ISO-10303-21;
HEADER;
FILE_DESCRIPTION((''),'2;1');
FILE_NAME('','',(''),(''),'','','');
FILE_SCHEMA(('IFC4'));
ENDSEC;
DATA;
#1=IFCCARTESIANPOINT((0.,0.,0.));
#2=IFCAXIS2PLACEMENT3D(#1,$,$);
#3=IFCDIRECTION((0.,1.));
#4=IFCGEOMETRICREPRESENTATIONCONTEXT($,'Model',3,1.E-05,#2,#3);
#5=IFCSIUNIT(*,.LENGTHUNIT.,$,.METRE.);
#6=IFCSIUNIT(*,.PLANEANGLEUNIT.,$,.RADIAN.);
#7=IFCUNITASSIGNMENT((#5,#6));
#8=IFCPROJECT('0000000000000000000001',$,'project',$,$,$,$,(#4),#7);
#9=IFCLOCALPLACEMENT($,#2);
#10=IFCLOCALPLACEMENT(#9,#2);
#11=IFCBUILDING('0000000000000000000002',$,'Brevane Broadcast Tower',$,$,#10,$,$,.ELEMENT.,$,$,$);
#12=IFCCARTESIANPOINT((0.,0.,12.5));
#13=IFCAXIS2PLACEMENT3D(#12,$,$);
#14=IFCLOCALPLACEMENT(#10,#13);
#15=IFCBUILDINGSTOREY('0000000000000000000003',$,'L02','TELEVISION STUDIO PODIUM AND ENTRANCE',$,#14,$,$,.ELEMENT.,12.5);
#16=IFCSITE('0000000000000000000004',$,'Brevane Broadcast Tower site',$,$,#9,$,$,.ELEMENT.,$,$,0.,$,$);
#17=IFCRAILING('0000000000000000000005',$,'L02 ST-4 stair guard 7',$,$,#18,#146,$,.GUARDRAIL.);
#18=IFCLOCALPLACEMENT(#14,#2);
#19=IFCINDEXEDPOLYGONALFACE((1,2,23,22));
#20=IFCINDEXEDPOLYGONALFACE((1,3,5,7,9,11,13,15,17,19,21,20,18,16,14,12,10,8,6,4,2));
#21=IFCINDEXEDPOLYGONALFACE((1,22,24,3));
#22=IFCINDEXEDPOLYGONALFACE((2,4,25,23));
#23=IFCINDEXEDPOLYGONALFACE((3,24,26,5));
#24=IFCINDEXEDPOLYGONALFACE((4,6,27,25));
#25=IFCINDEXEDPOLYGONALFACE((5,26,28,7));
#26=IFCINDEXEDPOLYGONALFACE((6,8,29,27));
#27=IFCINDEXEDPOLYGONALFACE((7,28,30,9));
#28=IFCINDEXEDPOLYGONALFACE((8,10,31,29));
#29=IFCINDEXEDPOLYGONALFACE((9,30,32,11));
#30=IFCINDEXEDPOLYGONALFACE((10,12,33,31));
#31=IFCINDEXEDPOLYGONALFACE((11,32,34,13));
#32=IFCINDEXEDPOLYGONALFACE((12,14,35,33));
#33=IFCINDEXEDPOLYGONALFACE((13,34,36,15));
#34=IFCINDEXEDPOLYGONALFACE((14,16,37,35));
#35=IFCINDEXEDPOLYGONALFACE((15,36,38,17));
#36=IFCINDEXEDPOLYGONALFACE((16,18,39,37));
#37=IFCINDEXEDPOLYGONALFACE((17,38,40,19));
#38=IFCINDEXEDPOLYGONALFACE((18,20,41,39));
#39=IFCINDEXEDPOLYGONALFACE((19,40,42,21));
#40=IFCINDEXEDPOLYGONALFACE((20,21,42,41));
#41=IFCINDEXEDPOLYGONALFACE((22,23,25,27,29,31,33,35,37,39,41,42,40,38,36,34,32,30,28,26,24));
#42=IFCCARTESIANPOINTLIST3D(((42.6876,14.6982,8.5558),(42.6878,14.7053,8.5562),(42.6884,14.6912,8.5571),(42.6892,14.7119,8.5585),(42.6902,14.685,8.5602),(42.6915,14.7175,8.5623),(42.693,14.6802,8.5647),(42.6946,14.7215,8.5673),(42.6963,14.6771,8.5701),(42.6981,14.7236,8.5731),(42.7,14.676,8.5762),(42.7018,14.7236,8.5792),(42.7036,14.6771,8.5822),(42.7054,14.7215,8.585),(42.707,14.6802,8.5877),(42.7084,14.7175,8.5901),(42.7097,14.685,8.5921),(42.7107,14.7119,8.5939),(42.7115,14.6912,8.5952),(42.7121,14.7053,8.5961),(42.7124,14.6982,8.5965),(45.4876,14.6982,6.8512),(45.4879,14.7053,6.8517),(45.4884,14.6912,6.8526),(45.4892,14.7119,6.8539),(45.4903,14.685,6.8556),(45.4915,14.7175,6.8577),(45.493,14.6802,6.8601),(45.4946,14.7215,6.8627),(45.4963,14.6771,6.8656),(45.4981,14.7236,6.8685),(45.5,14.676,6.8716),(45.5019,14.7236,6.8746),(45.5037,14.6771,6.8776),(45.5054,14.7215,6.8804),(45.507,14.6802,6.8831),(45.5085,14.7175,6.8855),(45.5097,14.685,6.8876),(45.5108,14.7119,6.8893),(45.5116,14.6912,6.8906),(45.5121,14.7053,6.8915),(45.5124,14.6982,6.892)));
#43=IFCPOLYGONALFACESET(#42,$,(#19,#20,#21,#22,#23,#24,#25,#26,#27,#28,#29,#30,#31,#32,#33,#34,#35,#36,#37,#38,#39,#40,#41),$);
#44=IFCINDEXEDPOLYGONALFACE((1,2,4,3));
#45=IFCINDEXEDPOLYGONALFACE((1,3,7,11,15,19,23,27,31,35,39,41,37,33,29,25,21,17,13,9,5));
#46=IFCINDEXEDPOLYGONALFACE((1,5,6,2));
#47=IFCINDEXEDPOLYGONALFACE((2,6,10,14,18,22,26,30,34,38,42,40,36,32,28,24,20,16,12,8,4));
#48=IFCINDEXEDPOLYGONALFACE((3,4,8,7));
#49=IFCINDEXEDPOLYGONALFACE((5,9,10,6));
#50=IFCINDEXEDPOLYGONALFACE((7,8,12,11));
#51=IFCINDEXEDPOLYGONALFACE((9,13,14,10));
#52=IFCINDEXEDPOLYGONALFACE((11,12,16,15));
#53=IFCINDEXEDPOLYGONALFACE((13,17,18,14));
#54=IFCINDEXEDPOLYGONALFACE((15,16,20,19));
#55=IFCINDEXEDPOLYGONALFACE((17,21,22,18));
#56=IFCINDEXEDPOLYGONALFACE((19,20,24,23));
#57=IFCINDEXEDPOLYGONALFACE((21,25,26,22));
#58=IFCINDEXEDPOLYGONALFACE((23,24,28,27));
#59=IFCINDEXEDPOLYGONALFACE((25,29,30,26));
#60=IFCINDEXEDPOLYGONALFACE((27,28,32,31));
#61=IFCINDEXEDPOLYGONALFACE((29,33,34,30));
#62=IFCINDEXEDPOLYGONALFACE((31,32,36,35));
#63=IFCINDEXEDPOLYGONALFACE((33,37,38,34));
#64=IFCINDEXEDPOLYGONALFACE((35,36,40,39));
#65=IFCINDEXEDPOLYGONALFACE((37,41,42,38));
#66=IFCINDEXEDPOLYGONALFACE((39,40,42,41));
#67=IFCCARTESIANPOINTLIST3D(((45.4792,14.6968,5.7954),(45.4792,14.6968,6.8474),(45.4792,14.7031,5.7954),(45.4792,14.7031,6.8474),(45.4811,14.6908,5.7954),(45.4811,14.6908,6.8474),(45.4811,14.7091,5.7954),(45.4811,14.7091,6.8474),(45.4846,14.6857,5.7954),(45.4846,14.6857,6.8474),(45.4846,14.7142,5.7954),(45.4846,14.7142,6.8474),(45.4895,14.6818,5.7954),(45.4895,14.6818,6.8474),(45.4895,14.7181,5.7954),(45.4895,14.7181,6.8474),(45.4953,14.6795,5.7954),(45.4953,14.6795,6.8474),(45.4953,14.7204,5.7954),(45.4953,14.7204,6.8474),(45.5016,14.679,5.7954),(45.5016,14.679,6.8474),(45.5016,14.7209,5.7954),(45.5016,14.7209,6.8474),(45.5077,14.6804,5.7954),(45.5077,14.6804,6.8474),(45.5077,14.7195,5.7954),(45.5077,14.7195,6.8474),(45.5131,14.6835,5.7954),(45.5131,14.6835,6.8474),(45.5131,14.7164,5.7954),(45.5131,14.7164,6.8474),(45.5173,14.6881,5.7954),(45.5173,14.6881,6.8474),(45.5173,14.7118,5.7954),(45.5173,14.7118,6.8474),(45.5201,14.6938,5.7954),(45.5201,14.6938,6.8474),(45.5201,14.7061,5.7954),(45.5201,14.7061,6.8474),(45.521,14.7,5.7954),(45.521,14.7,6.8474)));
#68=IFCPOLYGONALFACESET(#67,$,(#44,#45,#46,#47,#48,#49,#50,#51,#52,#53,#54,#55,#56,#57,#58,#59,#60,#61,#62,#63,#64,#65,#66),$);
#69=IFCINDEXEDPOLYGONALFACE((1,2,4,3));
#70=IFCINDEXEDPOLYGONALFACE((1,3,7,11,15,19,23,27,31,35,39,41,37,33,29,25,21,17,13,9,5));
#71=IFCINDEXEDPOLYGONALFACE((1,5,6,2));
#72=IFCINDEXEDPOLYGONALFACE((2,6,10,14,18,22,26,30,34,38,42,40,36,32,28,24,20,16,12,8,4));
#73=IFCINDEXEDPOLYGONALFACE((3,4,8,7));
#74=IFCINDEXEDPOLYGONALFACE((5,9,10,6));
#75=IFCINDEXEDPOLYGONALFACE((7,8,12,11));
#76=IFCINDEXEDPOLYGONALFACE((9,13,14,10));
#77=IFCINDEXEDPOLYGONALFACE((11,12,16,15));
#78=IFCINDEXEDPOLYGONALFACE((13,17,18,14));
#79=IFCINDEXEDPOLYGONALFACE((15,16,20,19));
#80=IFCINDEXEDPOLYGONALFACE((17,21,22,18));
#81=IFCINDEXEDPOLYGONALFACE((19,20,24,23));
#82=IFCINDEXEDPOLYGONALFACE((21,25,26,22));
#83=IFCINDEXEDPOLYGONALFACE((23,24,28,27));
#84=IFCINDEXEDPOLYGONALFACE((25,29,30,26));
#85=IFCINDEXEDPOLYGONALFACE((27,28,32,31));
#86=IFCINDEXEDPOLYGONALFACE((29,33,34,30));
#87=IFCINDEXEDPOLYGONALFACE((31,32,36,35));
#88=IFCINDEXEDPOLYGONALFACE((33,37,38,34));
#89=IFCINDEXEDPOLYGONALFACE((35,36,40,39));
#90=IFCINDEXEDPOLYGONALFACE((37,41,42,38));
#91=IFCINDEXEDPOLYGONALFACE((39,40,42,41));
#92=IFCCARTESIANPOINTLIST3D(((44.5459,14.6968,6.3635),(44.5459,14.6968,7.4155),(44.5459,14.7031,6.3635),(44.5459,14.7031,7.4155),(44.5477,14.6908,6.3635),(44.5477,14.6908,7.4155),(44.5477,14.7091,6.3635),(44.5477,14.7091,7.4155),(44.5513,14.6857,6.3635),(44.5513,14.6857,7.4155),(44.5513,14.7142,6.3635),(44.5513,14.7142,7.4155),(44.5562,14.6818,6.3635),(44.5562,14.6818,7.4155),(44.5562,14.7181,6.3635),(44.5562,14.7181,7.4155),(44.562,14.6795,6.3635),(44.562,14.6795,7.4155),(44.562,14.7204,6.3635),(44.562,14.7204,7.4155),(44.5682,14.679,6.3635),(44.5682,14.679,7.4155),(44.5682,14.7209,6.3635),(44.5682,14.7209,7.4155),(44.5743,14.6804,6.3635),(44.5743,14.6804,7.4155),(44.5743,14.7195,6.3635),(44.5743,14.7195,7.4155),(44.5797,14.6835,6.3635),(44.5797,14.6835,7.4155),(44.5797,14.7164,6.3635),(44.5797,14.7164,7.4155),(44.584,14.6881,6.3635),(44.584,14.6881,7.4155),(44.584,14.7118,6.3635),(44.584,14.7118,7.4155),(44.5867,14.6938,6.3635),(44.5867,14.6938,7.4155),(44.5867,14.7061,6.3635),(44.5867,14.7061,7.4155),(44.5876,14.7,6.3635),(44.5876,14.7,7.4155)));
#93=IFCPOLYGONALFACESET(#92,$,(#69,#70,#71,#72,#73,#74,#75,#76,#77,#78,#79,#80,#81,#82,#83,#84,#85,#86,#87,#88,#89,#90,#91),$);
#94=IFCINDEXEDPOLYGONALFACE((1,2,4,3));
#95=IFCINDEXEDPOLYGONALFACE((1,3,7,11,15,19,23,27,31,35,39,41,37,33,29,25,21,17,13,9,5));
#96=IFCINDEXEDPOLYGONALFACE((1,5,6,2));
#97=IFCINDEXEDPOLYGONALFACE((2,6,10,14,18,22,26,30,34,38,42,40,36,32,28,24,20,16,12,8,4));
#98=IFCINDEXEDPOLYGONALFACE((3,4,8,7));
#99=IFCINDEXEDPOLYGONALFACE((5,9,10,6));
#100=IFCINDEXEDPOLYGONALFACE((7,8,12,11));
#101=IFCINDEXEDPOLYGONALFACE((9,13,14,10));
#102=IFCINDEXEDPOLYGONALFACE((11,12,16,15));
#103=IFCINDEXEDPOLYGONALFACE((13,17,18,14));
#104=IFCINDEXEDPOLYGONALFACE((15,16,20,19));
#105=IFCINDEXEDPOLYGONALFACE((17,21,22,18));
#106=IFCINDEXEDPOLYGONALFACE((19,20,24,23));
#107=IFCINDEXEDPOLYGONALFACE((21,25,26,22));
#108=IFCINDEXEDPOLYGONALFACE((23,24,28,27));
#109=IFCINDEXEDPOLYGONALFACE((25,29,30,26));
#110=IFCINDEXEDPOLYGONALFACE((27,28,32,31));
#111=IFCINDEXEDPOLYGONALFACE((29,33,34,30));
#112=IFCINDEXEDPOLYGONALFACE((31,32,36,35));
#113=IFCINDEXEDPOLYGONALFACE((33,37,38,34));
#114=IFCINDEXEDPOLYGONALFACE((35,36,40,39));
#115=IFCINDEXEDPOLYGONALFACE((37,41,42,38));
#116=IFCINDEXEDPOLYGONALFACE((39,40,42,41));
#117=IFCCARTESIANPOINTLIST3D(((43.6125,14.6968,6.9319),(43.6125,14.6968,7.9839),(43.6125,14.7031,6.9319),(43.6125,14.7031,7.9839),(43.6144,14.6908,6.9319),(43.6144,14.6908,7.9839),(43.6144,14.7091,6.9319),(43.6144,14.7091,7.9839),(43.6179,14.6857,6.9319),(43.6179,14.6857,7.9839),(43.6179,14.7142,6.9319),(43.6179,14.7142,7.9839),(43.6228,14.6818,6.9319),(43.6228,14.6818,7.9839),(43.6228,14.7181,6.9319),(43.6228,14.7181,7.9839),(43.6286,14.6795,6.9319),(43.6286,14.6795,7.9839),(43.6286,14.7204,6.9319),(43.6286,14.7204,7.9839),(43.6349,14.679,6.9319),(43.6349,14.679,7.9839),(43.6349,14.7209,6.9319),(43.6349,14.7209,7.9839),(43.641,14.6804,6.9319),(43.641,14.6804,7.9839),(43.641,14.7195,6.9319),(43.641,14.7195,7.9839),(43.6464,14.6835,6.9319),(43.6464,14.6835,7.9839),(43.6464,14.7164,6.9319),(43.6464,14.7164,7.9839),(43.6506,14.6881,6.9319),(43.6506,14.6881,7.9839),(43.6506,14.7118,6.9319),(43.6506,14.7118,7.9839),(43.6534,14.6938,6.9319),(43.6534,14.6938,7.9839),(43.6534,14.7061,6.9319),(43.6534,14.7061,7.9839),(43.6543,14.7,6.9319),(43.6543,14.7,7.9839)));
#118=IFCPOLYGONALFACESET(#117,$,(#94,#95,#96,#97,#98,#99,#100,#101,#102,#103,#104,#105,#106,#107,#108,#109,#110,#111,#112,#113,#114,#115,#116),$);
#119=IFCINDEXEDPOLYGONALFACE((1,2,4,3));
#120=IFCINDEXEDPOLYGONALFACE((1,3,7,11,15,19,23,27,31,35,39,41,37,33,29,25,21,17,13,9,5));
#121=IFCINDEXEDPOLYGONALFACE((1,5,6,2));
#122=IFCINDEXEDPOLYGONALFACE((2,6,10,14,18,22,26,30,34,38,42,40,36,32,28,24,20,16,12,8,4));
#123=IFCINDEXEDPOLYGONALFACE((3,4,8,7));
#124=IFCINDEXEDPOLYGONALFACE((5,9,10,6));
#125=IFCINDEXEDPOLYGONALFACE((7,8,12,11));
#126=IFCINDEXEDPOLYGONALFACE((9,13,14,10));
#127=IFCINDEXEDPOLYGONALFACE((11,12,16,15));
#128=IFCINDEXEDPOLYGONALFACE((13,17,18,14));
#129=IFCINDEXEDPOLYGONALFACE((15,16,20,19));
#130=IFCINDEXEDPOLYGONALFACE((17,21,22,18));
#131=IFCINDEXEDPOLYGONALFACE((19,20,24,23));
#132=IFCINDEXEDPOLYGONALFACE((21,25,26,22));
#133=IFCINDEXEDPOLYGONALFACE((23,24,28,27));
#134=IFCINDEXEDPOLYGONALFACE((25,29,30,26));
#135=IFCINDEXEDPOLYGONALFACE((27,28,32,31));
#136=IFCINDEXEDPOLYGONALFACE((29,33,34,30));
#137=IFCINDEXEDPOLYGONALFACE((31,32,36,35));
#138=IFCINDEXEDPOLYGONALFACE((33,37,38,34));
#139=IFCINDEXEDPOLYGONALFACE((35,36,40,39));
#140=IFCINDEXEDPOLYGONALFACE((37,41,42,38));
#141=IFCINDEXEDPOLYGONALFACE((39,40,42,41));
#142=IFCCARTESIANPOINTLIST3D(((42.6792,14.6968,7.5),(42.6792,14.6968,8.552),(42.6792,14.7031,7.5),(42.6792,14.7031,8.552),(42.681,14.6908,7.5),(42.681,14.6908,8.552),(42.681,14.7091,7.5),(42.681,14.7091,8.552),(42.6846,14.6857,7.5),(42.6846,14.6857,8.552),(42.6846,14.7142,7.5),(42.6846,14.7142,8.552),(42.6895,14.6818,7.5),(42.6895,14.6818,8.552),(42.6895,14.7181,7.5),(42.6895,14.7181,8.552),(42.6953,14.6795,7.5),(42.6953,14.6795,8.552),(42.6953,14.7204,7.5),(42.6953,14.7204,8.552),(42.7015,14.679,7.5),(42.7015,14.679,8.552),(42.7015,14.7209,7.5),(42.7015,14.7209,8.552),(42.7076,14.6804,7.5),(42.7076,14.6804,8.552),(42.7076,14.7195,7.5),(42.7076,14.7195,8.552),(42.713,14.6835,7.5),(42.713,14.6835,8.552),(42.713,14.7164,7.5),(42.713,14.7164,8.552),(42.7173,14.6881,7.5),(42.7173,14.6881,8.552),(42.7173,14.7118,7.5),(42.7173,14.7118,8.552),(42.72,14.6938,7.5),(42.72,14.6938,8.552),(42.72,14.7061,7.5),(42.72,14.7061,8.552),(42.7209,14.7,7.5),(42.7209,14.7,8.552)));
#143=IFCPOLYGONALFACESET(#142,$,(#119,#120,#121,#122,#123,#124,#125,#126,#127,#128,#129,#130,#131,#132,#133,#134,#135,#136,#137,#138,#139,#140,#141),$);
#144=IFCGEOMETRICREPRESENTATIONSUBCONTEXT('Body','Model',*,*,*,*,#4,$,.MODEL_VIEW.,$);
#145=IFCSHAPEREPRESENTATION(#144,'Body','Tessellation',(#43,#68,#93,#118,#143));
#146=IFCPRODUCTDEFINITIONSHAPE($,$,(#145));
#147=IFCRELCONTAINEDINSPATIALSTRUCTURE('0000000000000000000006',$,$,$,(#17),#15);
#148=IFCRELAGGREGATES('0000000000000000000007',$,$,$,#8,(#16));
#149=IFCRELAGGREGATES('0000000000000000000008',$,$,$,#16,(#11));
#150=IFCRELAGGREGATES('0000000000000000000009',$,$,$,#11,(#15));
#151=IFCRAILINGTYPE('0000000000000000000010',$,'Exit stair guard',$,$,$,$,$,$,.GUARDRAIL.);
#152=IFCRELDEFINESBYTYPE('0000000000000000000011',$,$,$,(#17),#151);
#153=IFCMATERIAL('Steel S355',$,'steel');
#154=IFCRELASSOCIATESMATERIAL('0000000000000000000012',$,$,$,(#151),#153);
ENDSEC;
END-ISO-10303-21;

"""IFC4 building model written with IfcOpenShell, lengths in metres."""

from ifc_helpers import new_model, si_unit, direction, frame, origin, origin_2d, place, context, subcontext, project, spatial, circle, extrude, material, type_object, element, save


model = new_model("IFC4")

# Units and contexts
model_context = context("Model", 3, precision=1e-05, world=origin(), true_north=direction((0.0, 1.0)))
body_context = subcontext(model_context, "Body", "Model", "MODEL_VIEW")
ifc_project = project(units=[si_unit("LENGTHUNIT", "METRE"), si_unit("PLANEANGLEUNIT", "RADIAN")], contexts=[model_context])

# Site, building, storey
site_placement = place(None, origin())
site = spatial("IfcSite", under=ifc_project, at=site_placement, Name="Brevane Broadcast Tower site", CompositionType="ELEMENT", RefElevation=0.0)
building_placement = place(site_placement, origin())
building = spatial("IfcBuilding", under=site, at=building_placement, Name="Brevane Broadcast Tower", CompositionType="ELEMENT")
storey_placement = place(building_placement, frame((0.0, 0.0, 12.5)))
storey = spatial("IfcBuildingStorey", under=building, at=storey_placement, Name="L02", Description="TELEVISION STUDIO PODIUM AND ENTRANCE", CompositionType="ELEMENT", Elevation=12.5)

# Railing
ifc_material_1 = material(Name="Steel S355", Category="steel")
railing_type_1 = type_object("IfcRailingType", Name="Exit stair guard", PredefinedType="GUARDRAIL", material=ifc_material_1)
railing_1_placement = place(storey_placement, frame((45.5, 14.7, 5.7954)))
element("IfcRailing", 1, at=railing_1_placement, inside=storey, type_object=railing_type_1, Name="L02 ST-4 stair guard 7", PredefinedType="GUARDRAIL", context=body_context, shape_type="SweptSolid", body=[
    extrude(circle(Radius=0.0239, at=origin_2d()), frame((0.0, 0.0, 1.0762), z_axis=(-0.85417, 0.0, 0.519994), x_axis=(0.0, -1.0, 0.0)), (0.0, 0.0, 1.0), 3.2781),
    extrude(circle(Radius=0.021, at=origin_2d()), origin(), (0.0, 0.0, 1.0), 1.052),
    extrude(circle(Radius=0.021, at=origin_2d()), frame((-0.9333, 0.0, 0.5681)), (0.0, 0.0, 1.0), 1.052),
    extrude(circle(Radius=0.021, at=origin_2d()), frame((-1.8667, 0.0, 1.1365)), (0.0, 0.0, 1.0), 1.052),
    extrude(circle(Radius=0.021, at=origin_2d()), frame((-2.8, 0.0, 1.7046)), (0.0, 0.0, 1.0), 1.052),
])

save(model, "model.ifc")
